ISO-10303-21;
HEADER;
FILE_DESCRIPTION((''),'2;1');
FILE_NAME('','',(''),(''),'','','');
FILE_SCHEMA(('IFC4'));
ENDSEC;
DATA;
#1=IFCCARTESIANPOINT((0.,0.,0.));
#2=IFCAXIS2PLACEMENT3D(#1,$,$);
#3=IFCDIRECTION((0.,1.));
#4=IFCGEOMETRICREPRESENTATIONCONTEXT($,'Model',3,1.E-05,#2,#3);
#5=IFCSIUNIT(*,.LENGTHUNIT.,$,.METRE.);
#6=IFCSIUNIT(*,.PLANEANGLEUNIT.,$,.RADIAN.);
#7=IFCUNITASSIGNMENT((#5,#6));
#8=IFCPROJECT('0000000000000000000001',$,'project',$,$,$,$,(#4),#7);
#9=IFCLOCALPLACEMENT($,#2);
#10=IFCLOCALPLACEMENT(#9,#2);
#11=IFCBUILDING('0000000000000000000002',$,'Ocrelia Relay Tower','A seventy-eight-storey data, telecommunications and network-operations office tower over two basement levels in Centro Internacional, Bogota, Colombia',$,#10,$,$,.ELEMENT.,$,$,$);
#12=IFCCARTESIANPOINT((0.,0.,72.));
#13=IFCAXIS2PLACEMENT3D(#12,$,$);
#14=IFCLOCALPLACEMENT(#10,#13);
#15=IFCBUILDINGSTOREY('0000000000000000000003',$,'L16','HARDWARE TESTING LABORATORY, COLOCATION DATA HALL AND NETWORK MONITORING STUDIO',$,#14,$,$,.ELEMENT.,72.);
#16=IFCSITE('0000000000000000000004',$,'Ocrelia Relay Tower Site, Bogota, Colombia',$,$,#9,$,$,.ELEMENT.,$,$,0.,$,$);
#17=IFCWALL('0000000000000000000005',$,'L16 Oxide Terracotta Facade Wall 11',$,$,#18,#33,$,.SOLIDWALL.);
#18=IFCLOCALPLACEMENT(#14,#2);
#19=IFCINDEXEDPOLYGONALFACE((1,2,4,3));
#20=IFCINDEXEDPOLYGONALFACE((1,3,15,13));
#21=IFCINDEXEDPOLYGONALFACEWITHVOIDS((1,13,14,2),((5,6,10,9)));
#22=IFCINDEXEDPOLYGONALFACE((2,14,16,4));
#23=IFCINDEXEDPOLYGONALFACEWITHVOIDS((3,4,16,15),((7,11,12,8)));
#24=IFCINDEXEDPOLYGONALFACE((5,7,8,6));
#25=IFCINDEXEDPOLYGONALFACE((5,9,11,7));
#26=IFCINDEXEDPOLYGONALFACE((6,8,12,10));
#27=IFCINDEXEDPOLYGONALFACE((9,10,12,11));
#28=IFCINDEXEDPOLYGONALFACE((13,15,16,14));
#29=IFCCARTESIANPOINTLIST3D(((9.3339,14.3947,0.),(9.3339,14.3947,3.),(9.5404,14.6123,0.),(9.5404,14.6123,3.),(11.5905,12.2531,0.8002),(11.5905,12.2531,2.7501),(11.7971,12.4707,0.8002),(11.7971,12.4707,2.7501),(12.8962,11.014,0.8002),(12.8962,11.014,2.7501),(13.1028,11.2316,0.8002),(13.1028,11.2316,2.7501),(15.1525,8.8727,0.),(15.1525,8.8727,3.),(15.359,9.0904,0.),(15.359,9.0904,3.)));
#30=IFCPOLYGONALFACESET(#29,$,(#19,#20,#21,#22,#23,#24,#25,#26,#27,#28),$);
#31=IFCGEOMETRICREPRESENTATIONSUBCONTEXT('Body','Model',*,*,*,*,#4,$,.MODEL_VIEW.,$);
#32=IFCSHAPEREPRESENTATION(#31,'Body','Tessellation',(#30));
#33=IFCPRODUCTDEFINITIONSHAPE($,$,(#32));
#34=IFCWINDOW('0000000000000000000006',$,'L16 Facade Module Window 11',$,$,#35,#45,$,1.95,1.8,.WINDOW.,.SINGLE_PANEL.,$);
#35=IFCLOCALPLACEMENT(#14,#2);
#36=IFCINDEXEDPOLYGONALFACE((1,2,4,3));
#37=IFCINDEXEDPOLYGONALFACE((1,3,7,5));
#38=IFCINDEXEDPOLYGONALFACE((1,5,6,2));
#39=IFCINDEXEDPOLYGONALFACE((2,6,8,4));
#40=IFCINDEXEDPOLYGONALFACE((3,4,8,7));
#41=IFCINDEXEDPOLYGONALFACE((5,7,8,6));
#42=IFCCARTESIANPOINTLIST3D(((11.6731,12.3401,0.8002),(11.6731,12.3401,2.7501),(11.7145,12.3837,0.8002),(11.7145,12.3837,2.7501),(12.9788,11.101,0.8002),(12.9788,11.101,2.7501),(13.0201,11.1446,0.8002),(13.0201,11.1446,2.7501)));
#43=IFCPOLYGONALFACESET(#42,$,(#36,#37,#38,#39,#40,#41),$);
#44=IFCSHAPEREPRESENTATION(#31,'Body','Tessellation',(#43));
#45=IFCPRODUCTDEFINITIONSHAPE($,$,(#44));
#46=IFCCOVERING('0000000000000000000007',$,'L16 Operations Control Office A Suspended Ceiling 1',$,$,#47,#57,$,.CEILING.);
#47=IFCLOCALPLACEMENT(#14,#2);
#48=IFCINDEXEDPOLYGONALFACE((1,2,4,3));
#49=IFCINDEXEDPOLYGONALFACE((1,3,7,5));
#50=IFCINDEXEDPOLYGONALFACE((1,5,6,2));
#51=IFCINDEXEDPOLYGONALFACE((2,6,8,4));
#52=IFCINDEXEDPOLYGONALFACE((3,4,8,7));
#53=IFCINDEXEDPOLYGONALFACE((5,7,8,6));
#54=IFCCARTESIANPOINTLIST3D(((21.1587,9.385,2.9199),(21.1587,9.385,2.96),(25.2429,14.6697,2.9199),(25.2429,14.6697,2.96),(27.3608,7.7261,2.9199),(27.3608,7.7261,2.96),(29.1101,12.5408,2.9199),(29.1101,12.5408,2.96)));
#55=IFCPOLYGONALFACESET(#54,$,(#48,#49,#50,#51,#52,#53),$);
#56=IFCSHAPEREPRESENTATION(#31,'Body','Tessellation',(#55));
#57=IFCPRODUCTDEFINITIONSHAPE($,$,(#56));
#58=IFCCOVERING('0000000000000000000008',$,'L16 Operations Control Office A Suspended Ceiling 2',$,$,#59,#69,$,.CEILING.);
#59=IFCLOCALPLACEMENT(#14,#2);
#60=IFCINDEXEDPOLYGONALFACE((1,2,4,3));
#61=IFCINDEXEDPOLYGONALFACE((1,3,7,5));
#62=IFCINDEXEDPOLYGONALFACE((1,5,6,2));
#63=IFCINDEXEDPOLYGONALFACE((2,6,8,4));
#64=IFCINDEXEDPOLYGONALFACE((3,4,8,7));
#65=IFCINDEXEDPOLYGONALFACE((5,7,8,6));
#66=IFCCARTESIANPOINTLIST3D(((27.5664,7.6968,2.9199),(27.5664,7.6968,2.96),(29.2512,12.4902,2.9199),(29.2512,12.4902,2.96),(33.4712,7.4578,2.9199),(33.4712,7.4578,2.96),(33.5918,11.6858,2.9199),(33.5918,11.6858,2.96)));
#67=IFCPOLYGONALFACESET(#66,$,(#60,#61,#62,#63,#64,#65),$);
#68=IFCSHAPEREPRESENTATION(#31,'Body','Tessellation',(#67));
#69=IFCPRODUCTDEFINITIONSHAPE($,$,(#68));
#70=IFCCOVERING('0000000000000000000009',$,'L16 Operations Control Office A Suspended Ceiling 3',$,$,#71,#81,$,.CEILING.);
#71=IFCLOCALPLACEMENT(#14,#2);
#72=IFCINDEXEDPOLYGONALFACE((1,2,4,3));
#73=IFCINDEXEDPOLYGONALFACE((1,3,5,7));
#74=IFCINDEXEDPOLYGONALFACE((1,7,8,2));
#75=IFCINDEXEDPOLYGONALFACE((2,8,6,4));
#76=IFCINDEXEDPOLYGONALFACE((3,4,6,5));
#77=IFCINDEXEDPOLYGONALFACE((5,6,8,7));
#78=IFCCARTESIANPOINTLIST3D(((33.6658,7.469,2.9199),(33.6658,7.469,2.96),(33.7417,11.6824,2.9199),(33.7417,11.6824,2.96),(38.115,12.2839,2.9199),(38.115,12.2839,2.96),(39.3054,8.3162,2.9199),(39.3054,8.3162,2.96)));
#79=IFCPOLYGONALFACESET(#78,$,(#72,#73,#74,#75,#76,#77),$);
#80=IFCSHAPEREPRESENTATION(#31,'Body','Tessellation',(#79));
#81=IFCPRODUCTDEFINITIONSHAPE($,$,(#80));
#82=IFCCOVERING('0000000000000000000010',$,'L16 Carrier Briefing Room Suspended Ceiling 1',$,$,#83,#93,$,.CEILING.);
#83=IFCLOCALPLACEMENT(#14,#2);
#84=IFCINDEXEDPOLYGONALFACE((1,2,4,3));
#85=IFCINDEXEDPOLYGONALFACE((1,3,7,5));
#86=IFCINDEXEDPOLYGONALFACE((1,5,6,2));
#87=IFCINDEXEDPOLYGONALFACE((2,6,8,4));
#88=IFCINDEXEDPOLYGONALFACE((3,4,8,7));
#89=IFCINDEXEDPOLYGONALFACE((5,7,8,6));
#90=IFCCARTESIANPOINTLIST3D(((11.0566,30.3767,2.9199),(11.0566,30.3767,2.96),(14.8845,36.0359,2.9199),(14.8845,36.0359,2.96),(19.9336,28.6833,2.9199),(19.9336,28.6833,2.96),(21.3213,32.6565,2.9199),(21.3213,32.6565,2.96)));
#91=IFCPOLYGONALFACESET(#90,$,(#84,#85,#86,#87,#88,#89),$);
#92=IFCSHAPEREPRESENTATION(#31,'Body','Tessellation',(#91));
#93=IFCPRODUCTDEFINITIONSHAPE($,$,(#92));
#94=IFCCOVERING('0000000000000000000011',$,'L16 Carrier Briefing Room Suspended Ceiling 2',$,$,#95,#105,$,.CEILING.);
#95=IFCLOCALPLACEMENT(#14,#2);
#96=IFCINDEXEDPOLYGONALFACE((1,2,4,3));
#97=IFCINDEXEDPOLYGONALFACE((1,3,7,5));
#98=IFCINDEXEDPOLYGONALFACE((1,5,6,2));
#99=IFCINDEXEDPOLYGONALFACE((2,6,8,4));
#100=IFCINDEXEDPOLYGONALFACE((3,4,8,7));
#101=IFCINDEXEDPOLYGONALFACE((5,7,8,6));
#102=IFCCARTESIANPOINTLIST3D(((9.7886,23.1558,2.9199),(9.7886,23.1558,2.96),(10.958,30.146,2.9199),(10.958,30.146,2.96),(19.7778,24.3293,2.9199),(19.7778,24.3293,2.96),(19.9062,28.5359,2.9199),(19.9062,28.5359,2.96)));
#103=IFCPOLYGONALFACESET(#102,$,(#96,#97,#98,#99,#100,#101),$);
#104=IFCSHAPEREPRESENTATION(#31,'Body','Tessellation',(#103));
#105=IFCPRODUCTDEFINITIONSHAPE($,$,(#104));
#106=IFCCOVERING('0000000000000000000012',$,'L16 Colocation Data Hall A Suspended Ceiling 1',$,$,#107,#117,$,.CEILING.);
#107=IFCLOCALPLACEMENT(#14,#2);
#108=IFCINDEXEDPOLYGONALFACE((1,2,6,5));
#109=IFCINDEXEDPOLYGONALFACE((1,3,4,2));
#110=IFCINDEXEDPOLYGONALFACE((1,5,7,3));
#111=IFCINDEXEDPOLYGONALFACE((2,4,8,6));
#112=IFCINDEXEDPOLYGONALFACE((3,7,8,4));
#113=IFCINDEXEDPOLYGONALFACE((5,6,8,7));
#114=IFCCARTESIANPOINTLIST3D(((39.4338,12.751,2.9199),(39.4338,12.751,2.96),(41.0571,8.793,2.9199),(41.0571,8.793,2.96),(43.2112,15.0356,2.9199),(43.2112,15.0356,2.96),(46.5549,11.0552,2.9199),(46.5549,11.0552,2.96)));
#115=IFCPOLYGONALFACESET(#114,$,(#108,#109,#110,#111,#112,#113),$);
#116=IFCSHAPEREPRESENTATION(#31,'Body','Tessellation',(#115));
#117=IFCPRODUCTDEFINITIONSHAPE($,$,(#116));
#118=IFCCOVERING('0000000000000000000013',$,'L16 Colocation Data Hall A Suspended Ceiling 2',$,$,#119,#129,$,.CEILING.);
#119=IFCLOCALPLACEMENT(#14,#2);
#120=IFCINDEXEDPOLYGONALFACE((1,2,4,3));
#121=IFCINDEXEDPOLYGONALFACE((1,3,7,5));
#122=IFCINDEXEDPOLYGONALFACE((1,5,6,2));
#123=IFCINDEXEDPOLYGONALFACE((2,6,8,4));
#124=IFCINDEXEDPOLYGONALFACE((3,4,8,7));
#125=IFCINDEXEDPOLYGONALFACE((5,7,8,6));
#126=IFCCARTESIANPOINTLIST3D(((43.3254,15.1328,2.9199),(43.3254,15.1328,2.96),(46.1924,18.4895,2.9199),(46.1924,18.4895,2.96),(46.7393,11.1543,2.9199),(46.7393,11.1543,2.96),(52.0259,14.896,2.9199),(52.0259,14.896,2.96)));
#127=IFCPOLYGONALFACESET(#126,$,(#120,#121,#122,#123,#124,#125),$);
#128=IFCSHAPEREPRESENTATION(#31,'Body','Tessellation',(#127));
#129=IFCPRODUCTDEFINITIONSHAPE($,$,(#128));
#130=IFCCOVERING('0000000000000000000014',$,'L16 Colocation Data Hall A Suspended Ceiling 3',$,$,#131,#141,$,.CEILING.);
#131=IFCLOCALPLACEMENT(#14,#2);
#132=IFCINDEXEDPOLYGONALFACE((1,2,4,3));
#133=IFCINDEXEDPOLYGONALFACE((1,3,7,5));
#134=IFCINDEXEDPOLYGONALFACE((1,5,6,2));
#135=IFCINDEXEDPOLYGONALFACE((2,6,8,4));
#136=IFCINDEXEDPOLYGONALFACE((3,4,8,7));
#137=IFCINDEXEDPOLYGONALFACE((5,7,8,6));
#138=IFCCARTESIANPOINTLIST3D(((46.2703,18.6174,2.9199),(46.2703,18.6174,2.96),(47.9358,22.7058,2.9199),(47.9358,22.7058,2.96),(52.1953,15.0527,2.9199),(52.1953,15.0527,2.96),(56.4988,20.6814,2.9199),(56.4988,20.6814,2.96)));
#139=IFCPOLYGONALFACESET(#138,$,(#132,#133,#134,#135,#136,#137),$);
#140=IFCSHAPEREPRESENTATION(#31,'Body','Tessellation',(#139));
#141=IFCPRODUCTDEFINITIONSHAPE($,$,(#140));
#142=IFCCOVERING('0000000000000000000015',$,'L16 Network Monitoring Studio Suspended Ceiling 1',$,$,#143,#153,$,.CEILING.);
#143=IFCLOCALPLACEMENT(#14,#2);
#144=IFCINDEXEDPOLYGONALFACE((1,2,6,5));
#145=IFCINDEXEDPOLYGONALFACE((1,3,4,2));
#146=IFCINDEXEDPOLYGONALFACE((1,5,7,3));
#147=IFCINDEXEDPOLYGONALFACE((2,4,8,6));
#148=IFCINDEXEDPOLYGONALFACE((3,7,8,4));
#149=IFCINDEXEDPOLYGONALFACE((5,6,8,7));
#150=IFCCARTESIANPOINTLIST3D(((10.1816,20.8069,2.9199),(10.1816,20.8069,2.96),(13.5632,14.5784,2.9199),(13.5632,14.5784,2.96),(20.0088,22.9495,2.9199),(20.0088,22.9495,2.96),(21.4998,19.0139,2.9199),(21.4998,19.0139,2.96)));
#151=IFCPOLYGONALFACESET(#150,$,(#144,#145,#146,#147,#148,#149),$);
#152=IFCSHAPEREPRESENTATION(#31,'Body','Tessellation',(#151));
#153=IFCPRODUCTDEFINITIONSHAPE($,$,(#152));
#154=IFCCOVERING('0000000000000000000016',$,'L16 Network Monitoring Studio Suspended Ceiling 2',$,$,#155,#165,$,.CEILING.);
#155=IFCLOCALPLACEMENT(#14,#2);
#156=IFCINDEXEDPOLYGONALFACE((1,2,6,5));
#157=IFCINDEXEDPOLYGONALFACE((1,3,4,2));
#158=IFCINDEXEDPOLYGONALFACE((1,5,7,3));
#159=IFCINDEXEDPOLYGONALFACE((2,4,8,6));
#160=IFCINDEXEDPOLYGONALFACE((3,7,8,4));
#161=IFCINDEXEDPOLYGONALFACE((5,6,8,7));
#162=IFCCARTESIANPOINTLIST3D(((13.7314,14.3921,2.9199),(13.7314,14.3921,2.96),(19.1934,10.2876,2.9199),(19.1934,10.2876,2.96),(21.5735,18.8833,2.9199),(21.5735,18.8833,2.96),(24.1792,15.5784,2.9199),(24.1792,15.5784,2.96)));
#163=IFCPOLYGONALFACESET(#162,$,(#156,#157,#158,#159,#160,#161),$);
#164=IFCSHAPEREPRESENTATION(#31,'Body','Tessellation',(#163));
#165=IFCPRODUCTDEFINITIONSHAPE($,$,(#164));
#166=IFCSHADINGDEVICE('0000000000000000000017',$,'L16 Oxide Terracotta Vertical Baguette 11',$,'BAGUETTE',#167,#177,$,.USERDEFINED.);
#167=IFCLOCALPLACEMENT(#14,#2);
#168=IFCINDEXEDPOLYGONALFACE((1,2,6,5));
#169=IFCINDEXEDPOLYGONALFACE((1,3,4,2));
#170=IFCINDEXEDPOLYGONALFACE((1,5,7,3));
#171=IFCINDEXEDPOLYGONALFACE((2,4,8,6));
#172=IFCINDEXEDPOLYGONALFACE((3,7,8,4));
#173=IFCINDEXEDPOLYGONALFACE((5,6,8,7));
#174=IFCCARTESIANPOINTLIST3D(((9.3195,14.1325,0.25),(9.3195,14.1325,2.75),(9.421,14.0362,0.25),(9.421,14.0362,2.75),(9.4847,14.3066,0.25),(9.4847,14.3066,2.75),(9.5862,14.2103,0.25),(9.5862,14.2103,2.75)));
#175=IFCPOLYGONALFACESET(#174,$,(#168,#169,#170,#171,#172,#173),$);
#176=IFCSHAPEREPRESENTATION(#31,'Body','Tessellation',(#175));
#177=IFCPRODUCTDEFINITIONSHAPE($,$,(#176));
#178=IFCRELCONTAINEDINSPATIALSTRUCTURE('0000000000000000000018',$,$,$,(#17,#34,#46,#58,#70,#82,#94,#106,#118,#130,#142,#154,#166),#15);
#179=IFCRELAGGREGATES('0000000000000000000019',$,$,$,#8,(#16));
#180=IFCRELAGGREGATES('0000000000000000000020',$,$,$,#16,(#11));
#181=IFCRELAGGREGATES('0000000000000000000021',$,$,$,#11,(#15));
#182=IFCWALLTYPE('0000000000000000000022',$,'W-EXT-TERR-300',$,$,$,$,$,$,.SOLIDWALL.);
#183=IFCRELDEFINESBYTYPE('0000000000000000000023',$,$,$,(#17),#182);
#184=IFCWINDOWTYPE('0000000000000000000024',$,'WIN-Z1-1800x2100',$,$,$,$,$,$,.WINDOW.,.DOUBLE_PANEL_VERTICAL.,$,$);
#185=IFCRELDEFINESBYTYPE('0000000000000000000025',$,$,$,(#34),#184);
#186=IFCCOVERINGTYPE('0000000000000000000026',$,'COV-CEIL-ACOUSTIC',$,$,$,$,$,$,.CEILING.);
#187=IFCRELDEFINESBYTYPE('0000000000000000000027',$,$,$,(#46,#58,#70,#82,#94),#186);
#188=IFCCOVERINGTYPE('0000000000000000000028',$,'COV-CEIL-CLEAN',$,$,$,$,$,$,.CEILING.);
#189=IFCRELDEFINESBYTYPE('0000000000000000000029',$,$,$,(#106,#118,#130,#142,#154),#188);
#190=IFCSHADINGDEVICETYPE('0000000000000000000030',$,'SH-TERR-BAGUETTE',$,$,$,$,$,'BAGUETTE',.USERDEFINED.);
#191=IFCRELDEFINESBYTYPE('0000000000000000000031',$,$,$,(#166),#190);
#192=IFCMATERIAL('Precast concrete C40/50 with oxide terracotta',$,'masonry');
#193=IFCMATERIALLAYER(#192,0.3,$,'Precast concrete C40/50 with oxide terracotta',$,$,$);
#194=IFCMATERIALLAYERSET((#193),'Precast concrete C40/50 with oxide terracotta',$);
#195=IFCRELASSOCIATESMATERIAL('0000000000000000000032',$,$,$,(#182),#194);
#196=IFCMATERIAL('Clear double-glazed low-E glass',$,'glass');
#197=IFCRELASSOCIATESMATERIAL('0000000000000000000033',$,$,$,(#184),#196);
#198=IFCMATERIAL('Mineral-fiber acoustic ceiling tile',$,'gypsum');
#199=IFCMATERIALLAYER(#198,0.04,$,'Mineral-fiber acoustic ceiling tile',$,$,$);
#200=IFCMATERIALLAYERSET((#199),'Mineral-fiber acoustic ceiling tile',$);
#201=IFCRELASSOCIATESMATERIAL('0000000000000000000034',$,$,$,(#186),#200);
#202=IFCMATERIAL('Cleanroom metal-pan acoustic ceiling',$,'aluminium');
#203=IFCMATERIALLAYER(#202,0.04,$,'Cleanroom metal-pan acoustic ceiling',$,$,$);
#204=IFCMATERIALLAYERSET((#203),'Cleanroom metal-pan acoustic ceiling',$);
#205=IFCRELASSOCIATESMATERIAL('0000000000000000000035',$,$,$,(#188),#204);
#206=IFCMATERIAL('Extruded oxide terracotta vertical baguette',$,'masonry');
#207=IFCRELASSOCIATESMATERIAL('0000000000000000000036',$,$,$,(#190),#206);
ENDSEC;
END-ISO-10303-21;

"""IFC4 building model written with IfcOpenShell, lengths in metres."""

from ifc_helpers import new_model, si_unit, direction, frame, frame_2d, origin, origin_2d, place, context, subcontext, project, spatial, polyline, rectangle, outline, extrude, material, layer, layer_set, type_object, element, fill, save


model = new_model("IFC4")

# Units and contexts
model_context = context("Model", 3, precision=1e-05, world=origin(), true_north=direction((0.0, 1.0)))
body_context = subcontext(model_context, "Body", "Model", "MODEL_VIEW")
ifc_project = project(units=[si_unit("LENGTHUNIT", "METRE"), si_unit("PLANEANGLEUNIT", "RADIAN")], contexts=[model_context])

# Site, building, storey
site_placement = place(None, origin())
site = spatial("IfcSite", under=ifc_project, at=site_placement, Name="Ocrelia Relay Tower Site, Bogota, Colombia", CompositionType="ELEMENT", RefElevation=0.0)
building_placement = place(site_placement, origin())
building = spatial("IfcBuilding", under=site, at=building_placement, Name="Ocrelia Relay Tower", Description="A seventy-eight-storey data, telecommunications and network-operations office tower over two basement levels in Centro Internacional, Bogota, Colombia", CompositionType="ELEMENT")
storey_placement = place(building_placement, frame((0.0, 0.0, 72.0)))
storey = spatial("IfcBuildingStorey", under=building, at=storey_placement, Name="L16", Description="HARDWARE TESTING LABORATORY, COLOCATION DATA HALL AND NETWORK MONITORING STUDIO", CompositionType="ELEMENT", Elevation=72.0)

# Wall, opening, window
ifc_material_1 = material(Name="Precast concrete C40/50 with oxide terracotta", Category="masonry")
ifc_layer_1 = layer(ifc_material_1, 0.3, Name="Precast concrete C40/50 with oxide terracotta")
ifc_layer_set_1 = layer_set([ifc_layer_1], Name="Precast concrete C40/50 with oxide terracotta")
wall_type = type_object("IfcWallType", Name="W-EXT-TERR-300", PredefinedType="SOLIDWALL", material=ifc_layer_set_1)
wall_placement = place(storey_placement, frame((9.4373, 14.5034, 0.0), z_axis=(0.0, 0.0, 1.0), x_axis=(0.725354, -0.688376, 0.0)))
wall = element("IfcWall", 1, at=wall_placement, inside=storey, type_object=wall_type, Name="L16 Oxide Terracotta Facade Wall 11", PredefinedType="SOLIDWALL", context=body_context, shape_type="SweptSolid", body=[
    extrude(rectangle(XDim=8.0217, YDim=0.3, at=frame_2d((4.0107, 0.0))), origin(), (0.0, 0.0, 1.0), 3.0),
])
opening_placement = place(wall_placement, frame((3.1111, 0.0, 0.8)))
opening = element("IfcOpeningElement", 2, at=opening_placement, cuts=wall, PredefinedType="OPENING", context=body_context, shape_type="SweptSolid", body=[
    extrude(rectangle(XDim=1.8, YDim=1.95, at=frame_2d((0.8999, 0.9751))), frame((0.0, 0.1602, 0.0), z_axis=(0.0, -1.0, 0.0), x_axis=(1.0, 0.0, 0.0)), (0.0, 0.0, 1.0), 0.3201),
])
ifc_material_2 = material(Name="Clear double-glazed low-E glass", Category="glass")
window_type = type_object("IfcWindowType", Name="WIN-Z1-1800x2100", PartitioningType="DOUBLE_PANEL_VERTICAL", PredefinedType="WINDOW", material=ifc_material_2)
window_placement = place(opening_placement, origin())
window = element("IfcWindow", 3, at=window_placement, inside=storey, type_object=window_type, Name="L16 Facade Module Window 11", OverallHeight=1.95, OverallWidth=1.8, PartitioningType="SINGLE_PANEL", PredefinedType="WINDOW", context=body_context, shape_type="SweptSolid", body=[
    extrude(rectangle(XDim=1.8, YDim=1.95, at=frame_2d((0.8999, 0.9751))), frame((0.0, 0.03, 0.0), z_axis=(0.0, -1.0, 0.0), x_axis=(1.0, 0.0, 0.0)), (0.0, 0.0, 1.0), 0.0601),
])
fill(opening, window)

# Coverings
ifc_material_3 = material(Name="Mineral-fiber acoustic ceiling tile", Category="gypsum")
ifc_layer_2 = layer(ifc_material_3, 0.04, Name="Mineral-fiber acoustic ceiling tile")
ifc_layer_set_2 = layer_set([ifc_layer_2], Name="Mineral-fiber acoustic ceiling tile")
covering_type_1 = type_object("IfcCoveringType", Name="COV-CEIL-ACOUSTIC", PredefinedType="CEILING", material=ifc_layer_set_2)
covering_1_placement = place(storey_placement, frame((0.0, 0.0, 2.9199)))
element("IfcCovering", 4, at=covering_1_placement, inside=storey, type_object=covering_type_1, Name="L16 Operations Control Office A Suspended Ceiling 1", PredefinedType="CEILING", context=body_context, shape_type="SweptSolid", body=[
    extrude(outline(polyline([(25.2429, 14.6697), (21.1587, 9.385), (27.3608, 7.7261), (29.1101, 12.5408), (25.2429, 14.6697)])), origin(), (0.0, 0.0, 1.0), 0.04),
])
covering_2_placement = place(storey_placement, frame((0.0, 0.0, 2.9199)))
element("IfcCovering", 5, at=covering_2_placement, inside=storey, type_object=covering_type_1, Name="L16 Operations Control Office A Suspended Ceiling 2", PredefinedType="CEILING", context=body_context, shape_type="SweptSolid", body=[
    extrude(outline(polyline([(29.2512, 12.4902), (27.5664, 7.6968), (33.4712, 7.4578), (33.5918, 11.6858), (29.2512, 12.4902)])), origin(), (0.0, 0.0, 1.0), 0.04),
])
covering_3_placement = place(storey_placement, frame((0.0, 0.0, 2.9199)))
element("IfcCovering", 6, at=covering_3_placement, inside=storey, type_object=covering_type_1, Name="L16 Operations Control Office A Suspended Ceiling 3", PredefinedType="CEILING", context=body_context, shape_type="SweptSolid", body=[
    extrude(outline(polyline([(33.7417, 11.6824), (33.6658, 7.469), (39.3054, 8.3162), (38.115, 12.2839), (33.7417, 11.6824)])), origin(), (0.0, 0.0, 1.0), 0.04),
])
covering_4_placement = place(storey_placement, frame((0.0, 0.0, 2.9199)))
element("IfcCovering", 7, at=covering_4_placement, inside=storey, type_object=covering_type_1, Name="L16 Carrier Briefing Room Suspended Ceiling 1", PredefinedType="CEILING", context=body_context, shape_type="SweptSolid", body=[
    extrude(outline(polyline([(21.3213, 32.6565), (14.8845, 36.0359), (11.0566, 30.3767), (19.9336, 28.6833), (21.3213, 32.6565)])), origin(), (0.0, 0.0, 1.0), 0.04),
])
covering_5_placement = place(storey_placement, frame((0.0, 0.0, 2.9199)))
element("IfcCovering", 8, at=covering_5_placement, inside=storey, type_object=covering_type_1, Name="L16 Carrier Briefing Room Suspended Ceiling 2", PredefinedType="CEILING", context=body_context, shape_type="SweptSolid", body=[
    extrude(outline(polyline([(19.9062, 28.5359), (10.958, 30.146), (9.7886, 23.1558), (19.7778, 24.3293), (19.9062, 28.5359)])), origin(), (0.0, 0.0, 1.0), 0.04),
])
ifc_material_4 = material(Name="Cleanroom metal-pan acoustic ceiling", Category="aluminium")
ifc_layer_3 = layer(ifc_material_4, 0.04, Name="Cleanroom metal-pan acoustic ceiling")
ifc_layer_set_3 = layer_set([ifc_layer_3], Name="Cleanroom metal-pan acoustic ceiling")
covering_type_2 = type_object("IfcCoveringType", Name="COV-CEIL-CLEAN", PredefinedType="CEILING", material=ifc_layer_set_3)
covering_6_placement = place(storey_placement, frame((0.0, 0.0, 2.9199)))
element("IfcCovering", 9, at=covering_6_placement, inside=storey, type_object=covering_type_2, Name="L16 Colocation Data Hall A Suspended Ceiling 1", PredefinedType="CEILING", context=body_context, shape_type="SweptSolid", body=[
    extrude(outline(polyline([(39.4338, 12.751), (41.0571, 8.793), (46.5549, 11.0552), (43.2112, 15.0356), (39.4338, 12.751)])), origin(), (0.0, 0.0, 1.0), 0.04),
])
covering_7_placement = place(storey_placement, frame((0.0, 0.0, 2.9199)))
element("IfcCovering", 10, at=covering_7_placement, inside=storey, type_object=covering_type_2, Name="L16 Colocation Data Hall A Suspended Ceiling 2", PredefinedType="CEILING", context=body_context, shape_type="SweptSolid", body=[
    extrude(outline(polyline([(43.3254, 15.1328), (46.7393, 11.1543), (52.0259, 14.896), (46.1924, 18.4895), (43.3254, 15.1328)])), origin(), (0.0, 0.0, 1.0), 0.04),
])
covering_8_placement = place(storey_placement, frame((0.0, 0.0, 2.9199)))
element("IfcCovering", 11, at=covering_8_placement, inside=storey, type_object=covering_type_2, Name="L16 Colocation Data Hall A Suspended Ceiling 3", PredefinedType="CEILING", context=body_context, shape_type="SweptSolid", body=[
    extrude(outline(polyline([(46.2703, 18.6174), (52.1953, 15.0527), (56.4988, 20.6814), (47.9358, 22.7058), (46.2703, 18.6174)])), origin(), (0.0, 0.0, 1.0), 0.04),
])
covering_9_placement = place(storey_placement, frame((0.0, 0.0, 2.9199)))
element("IfcCovering", 12, at=covering_9_placement, inside=storey, type_object=covering_type_2, Name="L16 Network Monitoring Studio Suspended Ceiling 1", PredefinedType="CEILING", context=body_context, shape_type="SweptSolid", body=[
    extrude(outline(polyline([(20.0088, 22.9495), (10.1816, 20.8069), (13.5632, 14.5784), (21.4998, 19.0139), (20.0088, 22.9495)])), origin(), (0.0, 0.0, 1.0), 0.04),
])
covering_10_placement = place(storey_placement, frame((0.0, 0.0, 2.9199)))
element("IfcCovering", 13, at=covering_10_placement, inside=storey, type_object=covering_type_2, Name="L16 Network Monitoring Studio Suspended Ceiling 2", PredefinedType="CEILING", context=body_context, shape_type="SweptSolid", body=[
    extrude(outline(polyline([(21.5735, 18.8833), (13.7314, 14.3921), (19.1934, 10.2876), (24.1792, 15.5784), (21.5735, 18.8833)])), origin(), (0.0, 0.0, 1.0), 0.04),
])

# Shading device
ifc_material_5 = material(Name="Extruded oxide terracotta vertical baguette", Category="masonry")
shading_device_type_1 = type_object("IfcShadingDeviceType", Name="SH-TERR-BAGUETTE", ElementType="BAGUETTE", PredefinedType="USERDEFINED", material=ifc_material_5)
shading_device_1_placement = place(storey_placement, frame((9.4529, 14.1714, 0.25), z_axis=(0.0, 0.0, 1.0), x_axis=(0.725365, -0.688365, 0.0)))
element("IfcShadingDevice", 14, at=shading_device_1_placement, inside=storey, type_object=shading_device_type_1, Name="L16 Oxide Terracotta Vertical Baguette 11", ObjectType="BAGUETTE", PredefinedType="USERDEFINED", context=body_context, shape_type="SweptSolid", body=[
    extrude(rectangle(XDim=0.1399, YDim=0.24, at=origin_2d()), origin(), (0.0, 0.0, 1.0), 2.5),
])

save(model, "model.ifc")
